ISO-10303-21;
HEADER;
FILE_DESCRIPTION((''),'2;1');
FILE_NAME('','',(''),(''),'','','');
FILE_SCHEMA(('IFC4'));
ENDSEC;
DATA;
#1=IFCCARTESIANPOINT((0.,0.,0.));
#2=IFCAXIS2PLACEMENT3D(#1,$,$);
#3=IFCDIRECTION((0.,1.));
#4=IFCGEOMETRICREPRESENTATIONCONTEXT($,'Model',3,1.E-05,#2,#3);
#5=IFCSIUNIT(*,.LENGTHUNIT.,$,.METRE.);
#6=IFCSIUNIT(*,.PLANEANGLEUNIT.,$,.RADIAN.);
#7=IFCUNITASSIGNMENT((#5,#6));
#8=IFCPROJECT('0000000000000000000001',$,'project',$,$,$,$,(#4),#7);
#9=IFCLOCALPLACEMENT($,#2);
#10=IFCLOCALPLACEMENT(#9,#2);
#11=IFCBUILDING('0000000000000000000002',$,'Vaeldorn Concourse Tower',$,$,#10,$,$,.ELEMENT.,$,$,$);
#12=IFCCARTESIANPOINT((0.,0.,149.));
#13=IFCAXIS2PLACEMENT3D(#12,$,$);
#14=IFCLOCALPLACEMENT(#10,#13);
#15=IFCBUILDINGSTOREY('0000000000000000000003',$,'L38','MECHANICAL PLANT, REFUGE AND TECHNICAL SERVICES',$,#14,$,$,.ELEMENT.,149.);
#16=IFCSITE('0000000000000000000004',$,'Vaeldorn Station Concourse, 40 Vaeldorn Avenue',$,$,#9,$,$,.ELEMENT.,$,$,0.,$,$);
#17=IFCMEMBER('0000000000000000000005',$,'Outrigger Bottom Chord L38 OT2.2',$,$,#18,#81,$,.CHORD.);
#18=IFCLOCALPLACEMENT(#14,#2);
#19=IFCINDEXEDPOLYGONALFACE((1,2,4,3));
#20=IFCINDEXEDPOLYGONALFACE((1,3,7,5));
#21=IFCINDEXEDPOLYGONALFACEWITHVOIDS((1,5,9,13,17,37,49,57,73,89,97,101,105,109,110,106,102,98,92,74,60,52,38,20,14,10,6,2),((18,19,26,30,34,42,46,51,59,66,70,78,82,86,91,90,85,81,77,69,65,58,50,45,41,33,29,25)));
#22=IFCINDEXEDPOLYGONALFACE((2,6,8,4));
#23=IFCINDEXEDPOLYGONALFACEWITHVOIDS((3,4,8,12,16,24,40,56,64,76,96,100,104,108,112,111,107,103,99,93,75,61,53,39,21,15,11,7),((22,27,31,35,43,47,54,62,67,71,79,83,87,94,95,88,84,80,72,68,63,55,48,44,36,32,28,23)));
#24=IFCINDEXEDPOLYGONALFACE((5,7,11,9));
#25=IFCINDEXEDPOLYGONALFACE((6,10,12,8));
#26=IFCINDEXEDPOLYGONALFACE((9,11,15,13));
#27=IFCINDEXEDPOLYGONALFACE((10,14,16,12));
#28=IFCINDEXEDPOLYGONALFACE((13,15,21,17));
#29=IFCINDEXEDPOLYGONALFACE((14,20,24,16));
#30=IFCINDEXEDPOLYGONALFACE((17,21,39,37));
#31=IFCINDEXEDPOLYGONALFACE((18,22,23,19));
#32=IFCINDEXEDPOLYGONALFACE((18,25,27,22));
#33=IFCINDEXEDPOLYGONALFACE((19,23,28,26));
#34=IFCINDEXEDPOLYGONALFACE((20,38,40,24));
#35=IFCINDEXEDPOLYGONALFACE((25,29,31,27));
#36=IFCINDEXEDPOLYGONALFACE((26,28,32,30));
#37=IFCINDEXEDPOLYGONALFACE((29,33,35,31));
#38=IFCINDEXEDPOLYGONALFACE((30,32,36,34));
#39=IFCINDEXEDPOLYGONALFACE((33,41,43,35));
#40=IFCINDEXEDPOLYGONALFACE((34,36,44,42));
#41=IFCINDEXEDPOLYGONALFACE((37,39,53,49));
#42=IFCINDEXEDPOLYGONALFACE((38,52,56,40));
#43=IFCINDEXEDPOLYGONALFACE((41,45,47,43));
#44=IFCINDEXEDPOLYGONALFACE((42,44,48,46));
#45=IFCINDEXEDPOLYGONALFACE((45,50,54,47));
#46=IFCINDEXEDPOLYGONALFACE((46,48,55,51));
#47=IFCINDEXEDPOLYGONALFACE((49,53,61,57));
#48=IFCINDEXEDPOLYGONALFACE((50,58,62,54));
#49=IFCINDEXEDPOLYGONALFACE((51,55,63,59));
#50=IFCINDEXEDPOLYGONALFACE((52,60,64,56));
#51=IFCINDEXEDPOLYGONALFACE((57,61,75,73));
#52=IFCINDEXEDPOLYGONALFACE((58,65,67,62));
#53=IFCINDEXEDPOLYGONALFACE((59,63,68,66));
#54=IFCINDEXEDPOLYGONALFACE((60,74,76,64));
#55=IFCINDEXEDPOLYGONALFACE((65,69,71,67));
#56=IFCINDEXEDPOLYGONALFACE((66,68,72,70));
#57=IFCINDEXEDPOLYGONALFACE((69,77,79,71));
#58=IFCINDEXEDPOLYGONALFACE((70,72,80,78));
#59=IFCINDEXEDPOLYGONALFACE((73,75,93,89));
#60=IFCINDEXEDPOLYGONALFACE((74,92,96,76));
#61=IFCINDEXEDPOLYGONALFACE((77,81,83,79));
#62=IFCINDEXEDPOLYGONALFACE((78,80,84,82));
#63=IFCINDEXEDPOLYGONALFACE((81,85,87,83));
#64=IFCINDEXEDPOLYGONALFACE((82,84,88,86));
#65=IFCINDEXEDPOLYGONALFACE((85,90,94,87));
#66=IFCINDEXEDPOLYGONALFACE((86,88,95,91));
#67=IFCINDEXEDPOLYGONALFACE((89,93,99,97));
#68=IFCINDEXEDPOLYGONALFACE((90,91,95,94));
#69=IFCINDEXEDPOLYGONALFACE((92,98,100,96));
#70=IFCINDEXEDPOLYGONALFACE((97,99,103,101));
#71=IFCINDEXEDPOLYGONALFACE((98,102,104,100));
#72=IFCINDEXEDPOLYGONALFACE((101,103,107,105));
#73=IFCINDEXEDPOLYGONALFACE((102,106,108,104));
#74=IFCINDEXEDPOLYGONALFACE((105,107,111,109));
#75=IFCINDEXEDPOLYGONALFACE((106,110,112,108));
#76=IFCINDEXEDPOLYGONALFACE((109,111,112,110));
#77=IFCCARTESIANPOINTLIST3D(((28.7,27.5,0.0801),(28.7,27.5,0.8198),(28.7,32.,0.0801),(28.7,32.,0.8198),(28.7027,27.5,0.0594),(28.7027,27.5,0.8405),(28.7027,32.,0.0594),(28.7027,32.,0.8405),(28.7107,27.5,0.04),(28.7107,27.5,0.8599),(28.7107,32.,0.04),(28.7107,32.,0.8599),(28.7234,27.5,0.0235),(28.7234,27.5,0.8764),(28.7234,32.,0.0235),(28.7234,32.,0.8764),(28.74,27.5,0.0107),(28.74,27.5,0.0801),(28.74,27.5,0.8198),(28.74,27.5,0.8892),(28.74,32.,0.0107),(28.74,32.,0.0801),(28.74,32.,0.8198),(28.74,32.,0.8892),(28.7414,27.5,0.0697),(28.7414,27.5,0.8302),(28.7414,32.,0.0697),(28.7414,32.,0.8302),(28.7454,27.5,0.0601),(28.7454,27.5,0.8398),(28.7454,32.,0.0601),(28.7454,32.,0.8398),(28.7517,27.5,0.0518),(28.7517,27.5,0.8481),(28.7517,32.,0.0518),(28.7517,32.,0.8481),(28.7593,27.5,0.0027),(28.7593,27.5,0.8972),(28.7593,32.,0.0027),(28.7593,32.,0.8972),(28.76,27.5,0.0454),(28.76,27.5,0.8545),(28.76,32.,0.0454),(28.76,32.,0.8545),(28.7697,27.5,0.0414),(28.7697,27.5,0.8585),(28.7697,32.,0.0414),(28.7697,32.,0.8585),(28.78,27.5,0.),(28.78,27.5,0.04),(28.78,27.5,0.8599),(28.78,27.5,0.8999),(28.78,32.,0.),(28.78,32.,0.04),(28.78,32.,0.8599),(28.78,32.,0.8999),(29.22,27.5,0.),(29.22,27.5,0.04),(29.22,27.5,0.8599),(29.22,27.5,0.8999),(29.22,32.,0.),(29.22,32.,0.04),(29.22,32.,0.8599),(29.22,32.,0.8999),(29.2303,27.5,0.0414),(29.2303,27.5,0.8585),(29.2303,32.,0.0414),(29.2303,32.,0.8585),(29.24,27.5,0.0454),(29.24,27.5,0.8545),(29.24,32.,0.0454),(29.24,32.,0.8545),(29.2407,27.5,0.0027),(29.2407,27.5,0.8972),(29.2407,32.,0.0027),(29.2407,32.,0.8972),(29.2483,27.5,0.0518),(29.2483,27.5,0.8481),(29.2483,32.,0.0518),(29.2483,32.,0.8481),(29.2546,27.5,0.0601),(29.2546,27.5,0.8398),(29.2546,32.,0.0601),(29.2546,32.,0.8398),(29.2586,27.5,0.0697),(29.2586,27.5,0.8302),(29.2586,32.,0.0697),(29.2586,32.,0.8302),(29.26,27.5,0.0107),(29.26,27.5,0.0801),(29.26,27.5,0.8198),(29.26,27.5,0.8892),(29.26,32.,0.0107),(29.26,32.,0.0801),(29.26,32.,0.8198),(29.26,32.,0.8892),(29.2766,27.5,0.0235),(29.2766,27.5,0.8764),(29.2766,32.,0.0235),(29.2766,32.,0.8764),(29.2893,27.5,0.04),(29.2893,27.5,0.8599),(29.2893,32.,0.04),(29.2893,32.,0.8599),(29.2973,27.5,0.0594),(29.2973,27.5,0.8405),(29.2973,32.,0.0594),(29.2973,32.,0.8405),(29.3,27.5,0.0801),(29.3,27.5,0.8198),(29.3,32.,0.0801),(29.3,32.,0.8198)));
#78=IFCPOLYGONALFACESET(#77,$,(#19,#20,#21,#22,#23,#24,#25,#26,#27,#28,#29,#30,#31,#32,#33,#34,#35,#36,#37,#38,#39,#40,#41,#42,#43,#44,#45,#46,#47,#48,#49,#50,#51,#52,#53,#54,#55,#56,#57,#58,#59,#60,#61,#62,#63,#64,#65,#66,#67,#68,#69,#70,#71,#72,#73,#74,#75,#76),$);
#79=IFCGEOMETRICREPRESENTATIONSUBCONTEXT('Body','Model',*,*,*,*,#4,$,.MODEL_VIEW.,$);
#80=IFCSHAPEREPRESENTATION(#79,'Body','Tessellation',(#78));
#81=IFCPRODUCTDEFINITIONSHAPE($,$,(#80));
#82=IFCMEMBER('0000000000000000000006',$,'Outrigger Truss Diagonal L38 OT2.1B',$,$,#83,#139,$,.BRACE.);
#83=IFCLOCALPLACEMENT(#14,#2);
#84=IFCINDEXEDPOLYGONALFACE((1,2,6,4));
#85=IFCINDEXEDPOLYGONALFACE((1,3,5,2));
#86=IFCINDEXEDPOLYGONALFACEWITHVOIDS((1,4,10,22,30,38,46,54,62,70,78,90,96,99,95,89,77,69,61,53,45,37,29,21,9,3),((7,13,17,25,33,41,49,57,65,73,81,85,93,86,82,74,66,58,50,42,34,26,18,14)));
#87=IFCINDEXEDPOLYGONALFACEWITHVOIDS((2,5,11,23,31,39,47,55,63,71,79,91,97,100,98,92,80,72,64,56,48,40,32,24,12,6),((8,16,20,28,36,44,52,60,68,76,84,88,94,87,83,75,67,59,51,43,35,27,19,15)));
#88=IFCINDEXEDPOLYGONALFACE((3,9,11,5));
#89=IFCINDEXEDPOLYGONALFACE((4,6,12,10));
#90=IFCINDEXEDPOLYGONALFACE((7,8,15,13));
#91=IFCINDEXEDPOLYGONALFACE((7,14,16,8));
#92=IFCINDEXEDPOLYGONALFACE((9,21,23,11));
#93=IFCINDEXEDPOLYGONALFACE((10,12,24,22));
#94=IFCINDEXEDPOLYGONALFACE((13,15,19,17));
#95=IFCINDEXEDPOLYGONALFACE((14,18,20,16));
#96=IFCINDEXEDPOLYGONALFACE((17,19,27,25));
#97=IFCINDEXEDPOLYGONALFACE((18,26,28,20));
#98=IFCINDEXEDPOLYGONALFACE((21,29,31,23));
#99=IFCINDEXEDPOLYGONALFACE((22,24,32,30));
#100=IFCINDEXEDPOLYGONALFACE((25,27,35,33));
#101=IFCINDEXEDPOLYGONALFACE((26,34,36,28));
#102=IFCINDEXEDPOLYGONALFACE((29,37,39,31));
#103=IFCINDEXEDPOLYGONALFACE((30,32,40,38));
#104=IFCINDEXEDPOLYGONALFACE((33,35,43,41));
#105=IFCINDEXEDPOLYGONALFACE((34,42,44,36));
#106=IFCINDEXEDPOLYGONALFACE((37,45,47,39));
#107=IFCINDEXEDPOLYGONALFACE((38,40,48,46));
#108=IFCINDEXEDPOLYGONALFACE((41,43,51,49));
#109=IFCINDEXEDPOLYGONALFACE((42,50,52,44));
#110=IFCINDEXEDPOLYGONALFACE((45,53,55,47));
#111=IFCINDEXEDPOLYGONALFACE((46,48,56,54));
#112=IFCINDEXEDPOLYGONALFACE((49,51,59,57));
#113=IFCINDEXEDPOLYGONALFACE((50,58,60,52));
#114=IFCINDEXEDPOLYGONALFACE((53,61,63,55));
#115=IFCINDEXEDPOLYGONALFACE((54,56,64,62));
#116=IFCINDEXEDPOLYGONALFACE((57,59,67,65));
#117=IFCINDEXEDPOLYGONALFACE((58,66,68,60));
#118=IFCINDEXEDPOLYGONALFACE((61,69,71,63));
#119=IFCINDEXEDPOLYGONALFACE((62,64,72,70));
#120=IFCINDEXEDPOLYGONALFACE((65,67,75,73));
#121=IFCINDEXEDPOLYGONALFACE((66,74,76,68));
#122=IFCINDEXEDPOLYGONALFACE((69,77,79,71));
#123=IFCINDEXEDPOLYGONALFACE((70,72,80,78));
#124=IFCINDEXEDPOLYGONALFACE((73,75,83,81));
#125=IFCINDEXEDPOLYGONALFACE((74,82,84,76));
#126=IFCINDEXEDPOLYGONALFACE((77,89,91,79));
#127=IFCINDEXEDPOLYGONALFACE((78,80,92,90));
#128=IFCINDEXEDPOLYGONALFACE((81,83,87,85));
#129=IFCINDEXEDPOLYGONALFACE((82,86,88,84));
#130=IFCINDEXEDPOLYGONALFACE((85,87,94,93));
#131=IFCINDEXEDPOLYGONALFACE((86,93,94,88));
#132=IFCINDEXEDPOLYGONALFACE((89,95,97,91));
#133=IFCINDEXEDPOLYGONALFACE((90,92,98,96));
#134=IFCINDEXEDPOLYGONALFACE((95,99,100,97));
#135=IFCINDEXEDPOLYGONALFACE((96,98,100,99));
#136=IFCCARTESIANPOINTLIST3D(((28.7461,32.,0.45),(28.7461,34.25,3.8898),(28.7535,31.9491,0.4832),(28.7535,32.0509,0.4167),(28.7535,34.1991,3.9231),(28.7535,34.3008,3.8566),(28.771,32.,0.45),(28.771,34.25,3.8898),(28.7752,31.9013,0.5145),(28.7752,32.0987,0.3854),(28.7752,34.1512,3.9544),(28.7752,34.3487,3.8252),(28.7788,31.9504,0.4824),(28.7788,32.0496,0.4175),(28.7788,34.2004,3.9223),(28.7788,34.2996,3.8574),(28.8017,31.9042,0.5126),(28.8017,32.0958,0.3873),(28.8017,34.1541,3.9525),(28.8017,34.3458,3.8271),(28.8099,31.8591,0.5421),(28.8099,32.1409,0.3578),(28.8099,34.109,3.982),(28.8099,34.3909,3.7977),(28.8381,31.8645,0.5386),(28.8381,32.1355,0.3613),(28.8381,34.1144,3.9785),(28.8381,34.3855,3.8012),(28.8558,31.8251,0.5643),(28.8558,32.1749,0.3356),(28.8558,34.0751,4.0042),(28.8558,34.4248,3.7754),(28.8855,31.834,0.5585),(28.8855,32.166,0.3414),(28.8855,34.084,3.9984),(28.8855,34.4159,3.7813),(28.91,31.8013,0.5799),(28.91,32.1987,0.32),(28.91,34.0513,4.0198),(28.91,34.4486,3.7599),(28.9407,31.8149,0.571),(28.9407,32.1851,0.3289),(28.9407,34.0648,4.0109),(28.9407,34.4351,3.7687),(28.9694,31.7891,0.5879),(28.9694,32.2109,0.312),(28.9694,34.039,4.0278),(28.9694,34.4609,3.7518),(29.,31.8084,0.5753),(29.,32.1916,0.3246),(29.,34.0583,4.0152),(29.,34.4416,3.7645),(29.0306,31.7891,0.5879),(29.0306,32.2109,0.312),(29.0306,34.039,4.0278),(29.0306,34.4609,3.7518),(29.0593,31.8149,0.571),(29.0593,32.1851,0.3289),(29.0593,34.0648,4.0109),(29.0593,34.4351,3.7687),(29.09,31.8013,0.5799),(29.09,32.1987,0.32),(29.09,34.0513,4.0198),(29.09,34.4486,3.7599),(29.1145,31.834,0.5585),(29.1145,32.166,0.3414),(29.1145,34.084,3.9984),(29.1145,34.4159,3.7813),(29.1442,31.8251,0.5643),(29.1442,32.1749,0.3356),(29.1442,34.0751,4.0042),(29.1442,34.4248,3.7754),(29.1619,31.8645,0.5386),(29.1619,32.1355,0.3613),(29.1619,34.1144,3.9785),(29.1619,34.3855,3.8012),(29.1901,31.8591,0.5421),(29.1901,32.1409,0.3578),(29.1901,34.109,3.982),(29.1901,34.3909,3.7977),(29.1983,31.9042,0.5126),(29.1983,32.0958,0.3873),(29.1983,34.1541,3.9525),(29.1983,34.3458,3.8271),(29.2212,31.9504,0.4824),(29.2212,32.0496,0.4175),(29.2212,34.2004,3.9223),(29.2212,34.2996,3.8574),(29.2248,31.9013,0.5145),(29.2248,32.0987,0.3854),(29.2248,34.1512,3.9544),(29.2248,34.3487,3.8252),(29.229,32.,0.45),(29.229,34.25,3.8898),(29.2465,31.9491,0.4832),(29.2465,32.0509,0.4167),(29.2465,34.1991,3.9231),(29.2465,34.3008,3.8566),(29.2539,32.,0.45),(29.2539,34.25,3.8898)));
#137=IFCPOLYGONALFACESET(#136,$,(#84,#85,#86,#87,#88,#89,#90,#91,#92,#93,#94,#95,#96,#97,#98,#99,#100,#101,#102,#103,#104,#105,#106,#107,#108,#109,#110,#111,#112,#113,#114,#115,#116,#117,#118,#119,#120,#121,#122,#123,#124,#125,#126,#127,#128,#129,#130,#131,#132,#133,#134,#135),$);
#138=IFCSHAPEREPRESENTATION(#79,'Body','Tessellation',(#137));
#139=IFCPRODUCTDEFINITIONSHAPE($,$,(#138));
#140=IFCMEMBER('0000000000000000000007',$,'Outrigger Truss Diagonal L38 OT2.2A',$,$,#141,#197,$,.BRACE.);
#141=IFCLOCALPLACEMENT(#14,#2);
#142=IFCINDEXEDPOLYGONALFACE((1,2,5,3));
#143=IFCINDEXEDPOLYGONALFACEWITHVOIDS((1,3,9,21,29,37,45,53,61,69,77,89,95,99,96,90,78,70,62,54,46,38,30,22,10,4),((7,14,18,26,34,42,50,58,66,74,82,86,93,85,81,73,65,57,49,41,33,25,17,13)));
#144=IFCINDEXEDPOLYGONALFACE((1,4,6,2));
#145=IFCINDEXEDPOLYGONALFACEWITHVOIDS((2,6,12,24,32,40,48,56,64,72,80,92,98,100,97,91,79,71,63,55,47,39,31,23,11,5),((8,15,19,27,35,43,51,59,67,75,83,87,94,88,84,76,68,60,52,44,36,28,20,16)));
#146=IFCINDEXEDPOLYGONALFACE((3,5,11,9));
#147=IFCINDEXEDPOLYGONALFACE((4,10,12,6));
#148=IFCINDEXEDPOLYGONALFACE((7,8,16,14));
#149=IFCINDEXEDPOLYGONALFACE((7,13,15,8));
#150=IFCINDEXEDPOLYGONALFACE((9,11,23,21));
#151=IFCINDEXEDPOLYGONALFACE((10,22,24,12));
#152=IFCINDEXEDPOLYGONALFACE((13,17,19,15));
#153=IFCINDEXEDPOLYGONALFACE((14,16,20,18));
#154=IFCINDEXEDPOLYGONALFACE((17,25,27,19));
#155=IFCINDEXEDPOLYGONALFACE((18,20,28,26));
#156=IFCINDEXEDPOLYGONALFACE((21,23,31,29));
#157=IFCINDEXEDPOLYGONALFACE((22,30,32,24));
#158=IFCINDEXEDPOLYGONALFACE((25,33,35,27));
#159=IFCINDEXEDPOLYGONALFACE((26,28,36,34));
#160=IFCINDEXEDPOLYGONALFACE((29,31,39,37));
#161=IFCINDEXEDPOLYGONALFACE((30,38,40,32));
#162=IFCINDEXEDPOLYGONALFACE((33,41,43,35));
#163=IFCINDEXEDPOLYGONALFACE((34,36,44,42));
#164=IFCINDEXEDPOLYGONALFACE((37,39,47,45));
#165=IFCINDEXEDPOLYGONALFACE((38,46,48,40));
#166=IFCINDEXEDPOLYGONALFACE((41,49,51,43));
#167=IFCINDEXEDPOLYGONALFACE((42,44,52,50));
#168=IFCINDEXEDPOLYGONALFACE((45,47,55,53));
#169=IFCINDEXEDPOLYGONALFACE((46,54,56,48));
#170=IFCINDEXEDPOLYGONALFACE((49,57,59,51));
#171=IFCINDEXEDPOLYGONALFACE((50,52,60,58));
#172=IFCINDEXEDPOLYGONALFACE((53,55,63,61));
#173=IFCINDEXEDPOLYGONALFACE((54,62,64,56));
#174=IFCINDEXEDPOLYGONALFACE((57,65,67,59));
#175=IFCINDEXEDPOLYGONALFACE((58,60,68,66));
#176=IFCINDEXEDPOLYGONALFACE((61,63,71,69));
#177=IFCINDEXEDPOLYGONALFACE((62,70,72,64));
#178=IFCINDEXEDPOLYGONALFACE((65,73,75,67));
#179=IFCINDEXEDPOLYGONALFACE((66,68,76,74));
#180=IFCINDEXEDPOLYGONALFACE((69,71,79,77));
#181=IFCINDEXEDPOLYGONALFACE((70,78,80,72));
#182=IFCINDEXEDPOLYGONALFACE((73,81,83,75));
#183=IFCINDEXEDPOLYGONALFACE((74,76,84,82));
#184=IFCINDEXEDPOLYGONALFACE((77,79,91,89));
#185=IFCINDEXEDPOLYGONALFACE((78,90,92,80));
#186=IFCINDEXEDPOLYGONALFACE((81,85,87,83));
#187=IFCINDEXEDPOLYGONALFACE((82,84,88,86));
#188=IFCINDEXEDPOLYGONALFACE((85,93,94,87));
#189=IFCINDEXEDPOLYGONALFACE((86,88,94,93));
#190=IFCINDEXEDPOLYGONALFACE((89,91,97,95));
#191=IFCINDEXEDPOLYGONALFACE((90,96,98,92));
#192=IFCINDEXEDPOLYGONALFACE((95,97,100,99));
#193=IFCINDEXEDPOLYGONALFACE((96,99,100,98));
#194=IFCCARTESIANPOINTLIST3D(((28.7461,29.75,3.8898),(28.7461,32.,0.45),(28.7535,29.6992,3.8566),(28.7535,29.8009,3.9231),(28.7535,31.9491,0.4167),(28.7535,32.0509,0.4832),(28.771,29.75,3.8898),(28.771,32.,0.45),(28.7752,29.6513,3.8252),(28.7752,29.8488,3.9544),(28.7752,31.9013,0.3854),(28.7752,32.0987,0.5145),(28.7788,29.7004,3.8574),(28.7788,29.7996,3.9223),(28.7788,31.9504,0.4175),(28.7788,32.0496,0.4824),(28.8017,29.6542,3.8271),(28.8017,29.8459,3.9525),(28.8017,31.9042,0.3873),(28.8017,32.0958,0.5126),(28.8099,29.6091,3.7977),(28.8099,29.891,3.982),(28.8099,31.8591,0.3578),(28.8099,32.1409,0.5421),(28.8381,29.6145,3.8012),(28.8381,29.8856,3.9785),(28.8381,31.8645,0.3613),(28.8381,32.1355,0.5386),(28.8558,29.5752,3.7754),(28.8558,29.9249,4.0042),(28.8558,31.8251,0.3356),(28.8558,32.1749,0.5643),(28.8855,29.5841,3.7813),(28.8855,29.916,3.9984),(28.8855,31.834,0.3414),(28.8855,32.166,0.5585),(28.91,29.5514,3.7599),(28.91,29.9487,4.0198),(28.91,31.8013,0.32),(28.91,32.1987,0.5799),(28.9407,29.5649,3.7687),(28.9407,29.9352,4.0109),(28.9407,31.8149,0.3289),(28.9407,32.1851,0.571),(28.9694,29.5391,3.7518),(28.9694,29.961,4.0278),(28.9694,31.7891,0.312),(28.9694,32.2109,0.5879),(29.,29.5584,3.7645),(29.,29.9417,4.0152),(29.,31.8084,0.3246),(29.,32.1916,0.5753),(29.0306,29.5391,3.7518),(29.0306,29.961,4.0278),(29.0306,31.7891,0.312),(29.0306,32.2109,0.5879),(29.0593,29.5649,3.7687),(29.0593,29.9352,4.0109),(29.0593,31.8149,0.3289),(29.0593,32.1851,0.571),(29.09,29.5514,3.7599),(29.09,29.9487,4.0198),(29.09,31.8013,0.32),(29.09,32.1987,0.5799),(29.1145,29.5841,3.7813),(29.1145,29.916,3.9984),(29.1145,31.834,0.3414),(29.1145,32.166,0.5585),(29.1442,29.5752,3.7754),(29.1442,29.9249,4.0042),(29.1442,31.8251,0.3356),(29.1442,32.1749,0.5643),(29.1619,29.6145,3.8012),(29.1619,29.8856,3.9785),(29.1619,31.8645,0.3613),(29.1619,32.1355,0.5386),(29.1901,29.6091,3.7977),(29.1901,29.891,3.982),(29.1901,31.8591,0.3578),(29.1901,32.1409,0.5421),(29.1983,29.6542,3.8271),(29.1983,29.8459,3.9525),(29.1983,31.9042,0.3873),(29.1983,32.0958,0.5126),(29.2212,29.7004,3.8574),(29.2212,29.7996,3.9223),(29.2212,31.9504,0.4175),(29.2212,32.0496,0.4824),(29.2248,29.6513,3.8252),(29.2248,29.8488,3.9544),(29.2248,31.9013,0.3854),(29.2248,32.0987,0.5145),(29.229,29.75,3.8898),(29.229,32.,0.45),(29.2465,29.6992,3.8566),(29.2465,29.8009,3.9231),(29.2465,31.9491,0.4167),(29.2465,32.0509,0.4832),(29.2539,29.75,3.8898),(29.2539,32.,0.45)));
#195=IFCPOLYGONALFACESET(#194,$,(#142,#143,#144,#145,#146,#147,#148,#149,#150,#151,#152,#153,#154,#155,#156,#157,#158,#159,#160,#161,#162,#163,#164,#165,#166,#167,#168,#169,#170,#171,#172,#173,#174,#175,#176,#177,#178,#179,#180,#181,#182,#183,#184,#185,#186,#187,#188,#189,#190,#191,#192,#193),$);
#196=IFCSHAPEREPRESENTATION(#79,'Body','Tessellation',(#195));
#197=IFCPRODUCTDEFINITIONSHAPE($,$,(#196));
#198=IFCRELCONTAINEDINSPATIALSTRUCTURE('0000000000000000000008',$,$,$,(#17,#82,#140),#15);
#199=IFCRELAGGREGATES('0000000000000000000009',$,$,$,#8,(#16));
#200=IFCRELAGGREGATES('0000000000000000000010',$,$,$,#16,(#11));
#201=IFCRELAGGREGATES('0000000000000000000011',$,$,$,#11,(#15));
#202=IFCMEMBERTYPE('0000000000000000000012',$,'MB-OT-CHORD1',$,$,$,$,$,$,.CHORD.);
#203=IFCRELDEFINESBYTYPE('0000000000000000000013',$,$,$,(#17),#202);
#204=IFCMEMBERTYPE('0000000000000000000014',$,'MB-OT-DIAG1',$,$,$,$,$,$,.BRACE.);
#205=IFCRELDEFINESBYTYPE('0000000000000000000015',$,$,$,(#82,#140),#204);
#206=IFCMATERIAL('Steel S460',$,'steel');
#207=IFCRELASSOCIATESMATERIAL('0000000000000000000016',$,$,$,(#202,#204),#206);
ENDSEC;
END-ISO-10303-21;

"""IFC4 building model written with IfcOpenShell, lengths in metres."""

from ifc_helpers import new_model, si_unit, direction, frame, origin, origin_2d, place, context, subcontext, project, spatial, hollow_rectangle, hollow_circle, extrude, source, transform, mapped, material, material_profile, profile_set, type_object, element, save


model = new_model("IFC4")

# Units and contexts
model_context = context("Model", 3, precision=1e-05, world=origin(), true_north=direction((0.0, 1.0)))
body_context = subcontext(model_context, "Body", "Model", "MODEL_VIEW")
ifc_project = project(units=[si_unit("LENGTHUNIT", "METRE"), si_unit("PLANEANGLEUNIT", "RADIAN")], contexts=[model_context])

# Site, building, storey
site_placement = place(None, origin())
site = spatial("IfcSite", under=ifc_project, at=site_placement, Name="Vaeldorn Station Concourse, 40 Vaeldorn Avenue", CompositionType="ELEMENT", RefElevation=0.0)
building_placement = place(site_placement, origin())
building = spatial("IfcBuilding", under=site, at=building_placement, Name="Vaeldorn Concourse Tower", CompositionType="ELEMENT")
storey_placement = place(building_placement, frame((0.0, 0.0, 149.0)))
storey = spatial("IfcBuildingStorey", under=building, at=storey_placement, Name="L38", Description="MECHANICAL PLANT, REFUGE AND TECHNICAL SERVICES", CompositionType="ELEMENT", Elevation=149.0)

# Shared definitions
ifc_material_1 = material(Name="Steel S460", Category="steel")

# Members
ifc_material_profile_1 = material_profile(ifc_material_1, hollow_rectangle(XDim=0.6001, YDim=0.8999, WallThickness=0.04, InnerFilletRadius=0.04, OuterFilletRadius=0.0801, at=origin_2d()), Name="RHS 900x600x40")
ifc_profile_set_1 = profile_set([ifc_material_profile_1], Name="Steel S460")
member_type_1 = type_object("IfcMemberType", Name="MB-OT-CHORD1", PredefinedType="CHORD", material=ifc_profile_set_1)
shared_shape_1 = source(origin(), body_context, "Body", "SweptSolid", [
    extrude(hollow_rectangle(XDim=0.6001, YDim=0.8999, WallThickness=0.04, InnerFilletRadius=0.04, OuterFilletRadius=0.0801, at=origin_2d()), origin(), (0.0, 0.0, 1.0), 4.5),
])
member_placement = place(storey_placement, frame((29.0, 32.0, 0.45), z_axis=(0.0, -1.0, 0.0), x_axis=(1.0, 0.0, 0.0)))
element("IfcMember", 1, at=member_placement, inside=storey, type_object=member_type_1, Name="Outrigger Bottom Chord L38 OT2.2", PredefinedType="CHORD", context=body_context, shape_type="MappedRepresentation", body=[
    mapped(shared_shape_1, transform((0.0, 0.0, 0.0), scale=1.0)),
])
ifc_material_profile_2 = material_profile(ifc_material_1, hollow_circle(Radius=0.2539, WallThickness=0.0249, at=origin_2d()), Name="CHS 508x25")
ifc_profile_set_2 = profile_set([ifc_material_profile_2], Name="Steel S460")
member_type_2 = type_object("IfcMemberType", Name="MB-OT-DIAG1", PredefinedType="BRACE", material=ifc_profile_set_2)
shared_shape_2 = source(origin(), body_context, "Body", "SweptSolid", [
    extrude(hollow_circle(Radius=0.2539, WallThickness=0.0249, at=origin_2d()), origin(), (0.0, 0.0, 1.0), 4.1104),
])
for number, where, z_axis, x_axis, name in (
    (2, (29.0, 32.0, 0.45), (0.0, 0.547387, 0.83688), (-1.0, 0.0, 0.0), "Outrigger Truss Diagonal L38 OT2.1B"),
    (3, (29.0, 32.0, 0.45), (0.0, -0.547387, 0.83688), (1.0, 0.0, 0.0), "Outrigger Truss Diagonal L38 OT2.2A"),
):
    element("IfcMember", number, at=place(storey_placement, frame(where, z_axis=z_axis, x_axis=x_axis)), inside=storey, type_object=member_type_2, Name=name, PredefinedType="BRACE", context=body_context, shape_type="MappedRepresentation", body=[
        mapped(shared_shape_2, transform((0.0, 0.0, 0.0), scale=1.0)),
    ])

save(model, "model.ifc")
